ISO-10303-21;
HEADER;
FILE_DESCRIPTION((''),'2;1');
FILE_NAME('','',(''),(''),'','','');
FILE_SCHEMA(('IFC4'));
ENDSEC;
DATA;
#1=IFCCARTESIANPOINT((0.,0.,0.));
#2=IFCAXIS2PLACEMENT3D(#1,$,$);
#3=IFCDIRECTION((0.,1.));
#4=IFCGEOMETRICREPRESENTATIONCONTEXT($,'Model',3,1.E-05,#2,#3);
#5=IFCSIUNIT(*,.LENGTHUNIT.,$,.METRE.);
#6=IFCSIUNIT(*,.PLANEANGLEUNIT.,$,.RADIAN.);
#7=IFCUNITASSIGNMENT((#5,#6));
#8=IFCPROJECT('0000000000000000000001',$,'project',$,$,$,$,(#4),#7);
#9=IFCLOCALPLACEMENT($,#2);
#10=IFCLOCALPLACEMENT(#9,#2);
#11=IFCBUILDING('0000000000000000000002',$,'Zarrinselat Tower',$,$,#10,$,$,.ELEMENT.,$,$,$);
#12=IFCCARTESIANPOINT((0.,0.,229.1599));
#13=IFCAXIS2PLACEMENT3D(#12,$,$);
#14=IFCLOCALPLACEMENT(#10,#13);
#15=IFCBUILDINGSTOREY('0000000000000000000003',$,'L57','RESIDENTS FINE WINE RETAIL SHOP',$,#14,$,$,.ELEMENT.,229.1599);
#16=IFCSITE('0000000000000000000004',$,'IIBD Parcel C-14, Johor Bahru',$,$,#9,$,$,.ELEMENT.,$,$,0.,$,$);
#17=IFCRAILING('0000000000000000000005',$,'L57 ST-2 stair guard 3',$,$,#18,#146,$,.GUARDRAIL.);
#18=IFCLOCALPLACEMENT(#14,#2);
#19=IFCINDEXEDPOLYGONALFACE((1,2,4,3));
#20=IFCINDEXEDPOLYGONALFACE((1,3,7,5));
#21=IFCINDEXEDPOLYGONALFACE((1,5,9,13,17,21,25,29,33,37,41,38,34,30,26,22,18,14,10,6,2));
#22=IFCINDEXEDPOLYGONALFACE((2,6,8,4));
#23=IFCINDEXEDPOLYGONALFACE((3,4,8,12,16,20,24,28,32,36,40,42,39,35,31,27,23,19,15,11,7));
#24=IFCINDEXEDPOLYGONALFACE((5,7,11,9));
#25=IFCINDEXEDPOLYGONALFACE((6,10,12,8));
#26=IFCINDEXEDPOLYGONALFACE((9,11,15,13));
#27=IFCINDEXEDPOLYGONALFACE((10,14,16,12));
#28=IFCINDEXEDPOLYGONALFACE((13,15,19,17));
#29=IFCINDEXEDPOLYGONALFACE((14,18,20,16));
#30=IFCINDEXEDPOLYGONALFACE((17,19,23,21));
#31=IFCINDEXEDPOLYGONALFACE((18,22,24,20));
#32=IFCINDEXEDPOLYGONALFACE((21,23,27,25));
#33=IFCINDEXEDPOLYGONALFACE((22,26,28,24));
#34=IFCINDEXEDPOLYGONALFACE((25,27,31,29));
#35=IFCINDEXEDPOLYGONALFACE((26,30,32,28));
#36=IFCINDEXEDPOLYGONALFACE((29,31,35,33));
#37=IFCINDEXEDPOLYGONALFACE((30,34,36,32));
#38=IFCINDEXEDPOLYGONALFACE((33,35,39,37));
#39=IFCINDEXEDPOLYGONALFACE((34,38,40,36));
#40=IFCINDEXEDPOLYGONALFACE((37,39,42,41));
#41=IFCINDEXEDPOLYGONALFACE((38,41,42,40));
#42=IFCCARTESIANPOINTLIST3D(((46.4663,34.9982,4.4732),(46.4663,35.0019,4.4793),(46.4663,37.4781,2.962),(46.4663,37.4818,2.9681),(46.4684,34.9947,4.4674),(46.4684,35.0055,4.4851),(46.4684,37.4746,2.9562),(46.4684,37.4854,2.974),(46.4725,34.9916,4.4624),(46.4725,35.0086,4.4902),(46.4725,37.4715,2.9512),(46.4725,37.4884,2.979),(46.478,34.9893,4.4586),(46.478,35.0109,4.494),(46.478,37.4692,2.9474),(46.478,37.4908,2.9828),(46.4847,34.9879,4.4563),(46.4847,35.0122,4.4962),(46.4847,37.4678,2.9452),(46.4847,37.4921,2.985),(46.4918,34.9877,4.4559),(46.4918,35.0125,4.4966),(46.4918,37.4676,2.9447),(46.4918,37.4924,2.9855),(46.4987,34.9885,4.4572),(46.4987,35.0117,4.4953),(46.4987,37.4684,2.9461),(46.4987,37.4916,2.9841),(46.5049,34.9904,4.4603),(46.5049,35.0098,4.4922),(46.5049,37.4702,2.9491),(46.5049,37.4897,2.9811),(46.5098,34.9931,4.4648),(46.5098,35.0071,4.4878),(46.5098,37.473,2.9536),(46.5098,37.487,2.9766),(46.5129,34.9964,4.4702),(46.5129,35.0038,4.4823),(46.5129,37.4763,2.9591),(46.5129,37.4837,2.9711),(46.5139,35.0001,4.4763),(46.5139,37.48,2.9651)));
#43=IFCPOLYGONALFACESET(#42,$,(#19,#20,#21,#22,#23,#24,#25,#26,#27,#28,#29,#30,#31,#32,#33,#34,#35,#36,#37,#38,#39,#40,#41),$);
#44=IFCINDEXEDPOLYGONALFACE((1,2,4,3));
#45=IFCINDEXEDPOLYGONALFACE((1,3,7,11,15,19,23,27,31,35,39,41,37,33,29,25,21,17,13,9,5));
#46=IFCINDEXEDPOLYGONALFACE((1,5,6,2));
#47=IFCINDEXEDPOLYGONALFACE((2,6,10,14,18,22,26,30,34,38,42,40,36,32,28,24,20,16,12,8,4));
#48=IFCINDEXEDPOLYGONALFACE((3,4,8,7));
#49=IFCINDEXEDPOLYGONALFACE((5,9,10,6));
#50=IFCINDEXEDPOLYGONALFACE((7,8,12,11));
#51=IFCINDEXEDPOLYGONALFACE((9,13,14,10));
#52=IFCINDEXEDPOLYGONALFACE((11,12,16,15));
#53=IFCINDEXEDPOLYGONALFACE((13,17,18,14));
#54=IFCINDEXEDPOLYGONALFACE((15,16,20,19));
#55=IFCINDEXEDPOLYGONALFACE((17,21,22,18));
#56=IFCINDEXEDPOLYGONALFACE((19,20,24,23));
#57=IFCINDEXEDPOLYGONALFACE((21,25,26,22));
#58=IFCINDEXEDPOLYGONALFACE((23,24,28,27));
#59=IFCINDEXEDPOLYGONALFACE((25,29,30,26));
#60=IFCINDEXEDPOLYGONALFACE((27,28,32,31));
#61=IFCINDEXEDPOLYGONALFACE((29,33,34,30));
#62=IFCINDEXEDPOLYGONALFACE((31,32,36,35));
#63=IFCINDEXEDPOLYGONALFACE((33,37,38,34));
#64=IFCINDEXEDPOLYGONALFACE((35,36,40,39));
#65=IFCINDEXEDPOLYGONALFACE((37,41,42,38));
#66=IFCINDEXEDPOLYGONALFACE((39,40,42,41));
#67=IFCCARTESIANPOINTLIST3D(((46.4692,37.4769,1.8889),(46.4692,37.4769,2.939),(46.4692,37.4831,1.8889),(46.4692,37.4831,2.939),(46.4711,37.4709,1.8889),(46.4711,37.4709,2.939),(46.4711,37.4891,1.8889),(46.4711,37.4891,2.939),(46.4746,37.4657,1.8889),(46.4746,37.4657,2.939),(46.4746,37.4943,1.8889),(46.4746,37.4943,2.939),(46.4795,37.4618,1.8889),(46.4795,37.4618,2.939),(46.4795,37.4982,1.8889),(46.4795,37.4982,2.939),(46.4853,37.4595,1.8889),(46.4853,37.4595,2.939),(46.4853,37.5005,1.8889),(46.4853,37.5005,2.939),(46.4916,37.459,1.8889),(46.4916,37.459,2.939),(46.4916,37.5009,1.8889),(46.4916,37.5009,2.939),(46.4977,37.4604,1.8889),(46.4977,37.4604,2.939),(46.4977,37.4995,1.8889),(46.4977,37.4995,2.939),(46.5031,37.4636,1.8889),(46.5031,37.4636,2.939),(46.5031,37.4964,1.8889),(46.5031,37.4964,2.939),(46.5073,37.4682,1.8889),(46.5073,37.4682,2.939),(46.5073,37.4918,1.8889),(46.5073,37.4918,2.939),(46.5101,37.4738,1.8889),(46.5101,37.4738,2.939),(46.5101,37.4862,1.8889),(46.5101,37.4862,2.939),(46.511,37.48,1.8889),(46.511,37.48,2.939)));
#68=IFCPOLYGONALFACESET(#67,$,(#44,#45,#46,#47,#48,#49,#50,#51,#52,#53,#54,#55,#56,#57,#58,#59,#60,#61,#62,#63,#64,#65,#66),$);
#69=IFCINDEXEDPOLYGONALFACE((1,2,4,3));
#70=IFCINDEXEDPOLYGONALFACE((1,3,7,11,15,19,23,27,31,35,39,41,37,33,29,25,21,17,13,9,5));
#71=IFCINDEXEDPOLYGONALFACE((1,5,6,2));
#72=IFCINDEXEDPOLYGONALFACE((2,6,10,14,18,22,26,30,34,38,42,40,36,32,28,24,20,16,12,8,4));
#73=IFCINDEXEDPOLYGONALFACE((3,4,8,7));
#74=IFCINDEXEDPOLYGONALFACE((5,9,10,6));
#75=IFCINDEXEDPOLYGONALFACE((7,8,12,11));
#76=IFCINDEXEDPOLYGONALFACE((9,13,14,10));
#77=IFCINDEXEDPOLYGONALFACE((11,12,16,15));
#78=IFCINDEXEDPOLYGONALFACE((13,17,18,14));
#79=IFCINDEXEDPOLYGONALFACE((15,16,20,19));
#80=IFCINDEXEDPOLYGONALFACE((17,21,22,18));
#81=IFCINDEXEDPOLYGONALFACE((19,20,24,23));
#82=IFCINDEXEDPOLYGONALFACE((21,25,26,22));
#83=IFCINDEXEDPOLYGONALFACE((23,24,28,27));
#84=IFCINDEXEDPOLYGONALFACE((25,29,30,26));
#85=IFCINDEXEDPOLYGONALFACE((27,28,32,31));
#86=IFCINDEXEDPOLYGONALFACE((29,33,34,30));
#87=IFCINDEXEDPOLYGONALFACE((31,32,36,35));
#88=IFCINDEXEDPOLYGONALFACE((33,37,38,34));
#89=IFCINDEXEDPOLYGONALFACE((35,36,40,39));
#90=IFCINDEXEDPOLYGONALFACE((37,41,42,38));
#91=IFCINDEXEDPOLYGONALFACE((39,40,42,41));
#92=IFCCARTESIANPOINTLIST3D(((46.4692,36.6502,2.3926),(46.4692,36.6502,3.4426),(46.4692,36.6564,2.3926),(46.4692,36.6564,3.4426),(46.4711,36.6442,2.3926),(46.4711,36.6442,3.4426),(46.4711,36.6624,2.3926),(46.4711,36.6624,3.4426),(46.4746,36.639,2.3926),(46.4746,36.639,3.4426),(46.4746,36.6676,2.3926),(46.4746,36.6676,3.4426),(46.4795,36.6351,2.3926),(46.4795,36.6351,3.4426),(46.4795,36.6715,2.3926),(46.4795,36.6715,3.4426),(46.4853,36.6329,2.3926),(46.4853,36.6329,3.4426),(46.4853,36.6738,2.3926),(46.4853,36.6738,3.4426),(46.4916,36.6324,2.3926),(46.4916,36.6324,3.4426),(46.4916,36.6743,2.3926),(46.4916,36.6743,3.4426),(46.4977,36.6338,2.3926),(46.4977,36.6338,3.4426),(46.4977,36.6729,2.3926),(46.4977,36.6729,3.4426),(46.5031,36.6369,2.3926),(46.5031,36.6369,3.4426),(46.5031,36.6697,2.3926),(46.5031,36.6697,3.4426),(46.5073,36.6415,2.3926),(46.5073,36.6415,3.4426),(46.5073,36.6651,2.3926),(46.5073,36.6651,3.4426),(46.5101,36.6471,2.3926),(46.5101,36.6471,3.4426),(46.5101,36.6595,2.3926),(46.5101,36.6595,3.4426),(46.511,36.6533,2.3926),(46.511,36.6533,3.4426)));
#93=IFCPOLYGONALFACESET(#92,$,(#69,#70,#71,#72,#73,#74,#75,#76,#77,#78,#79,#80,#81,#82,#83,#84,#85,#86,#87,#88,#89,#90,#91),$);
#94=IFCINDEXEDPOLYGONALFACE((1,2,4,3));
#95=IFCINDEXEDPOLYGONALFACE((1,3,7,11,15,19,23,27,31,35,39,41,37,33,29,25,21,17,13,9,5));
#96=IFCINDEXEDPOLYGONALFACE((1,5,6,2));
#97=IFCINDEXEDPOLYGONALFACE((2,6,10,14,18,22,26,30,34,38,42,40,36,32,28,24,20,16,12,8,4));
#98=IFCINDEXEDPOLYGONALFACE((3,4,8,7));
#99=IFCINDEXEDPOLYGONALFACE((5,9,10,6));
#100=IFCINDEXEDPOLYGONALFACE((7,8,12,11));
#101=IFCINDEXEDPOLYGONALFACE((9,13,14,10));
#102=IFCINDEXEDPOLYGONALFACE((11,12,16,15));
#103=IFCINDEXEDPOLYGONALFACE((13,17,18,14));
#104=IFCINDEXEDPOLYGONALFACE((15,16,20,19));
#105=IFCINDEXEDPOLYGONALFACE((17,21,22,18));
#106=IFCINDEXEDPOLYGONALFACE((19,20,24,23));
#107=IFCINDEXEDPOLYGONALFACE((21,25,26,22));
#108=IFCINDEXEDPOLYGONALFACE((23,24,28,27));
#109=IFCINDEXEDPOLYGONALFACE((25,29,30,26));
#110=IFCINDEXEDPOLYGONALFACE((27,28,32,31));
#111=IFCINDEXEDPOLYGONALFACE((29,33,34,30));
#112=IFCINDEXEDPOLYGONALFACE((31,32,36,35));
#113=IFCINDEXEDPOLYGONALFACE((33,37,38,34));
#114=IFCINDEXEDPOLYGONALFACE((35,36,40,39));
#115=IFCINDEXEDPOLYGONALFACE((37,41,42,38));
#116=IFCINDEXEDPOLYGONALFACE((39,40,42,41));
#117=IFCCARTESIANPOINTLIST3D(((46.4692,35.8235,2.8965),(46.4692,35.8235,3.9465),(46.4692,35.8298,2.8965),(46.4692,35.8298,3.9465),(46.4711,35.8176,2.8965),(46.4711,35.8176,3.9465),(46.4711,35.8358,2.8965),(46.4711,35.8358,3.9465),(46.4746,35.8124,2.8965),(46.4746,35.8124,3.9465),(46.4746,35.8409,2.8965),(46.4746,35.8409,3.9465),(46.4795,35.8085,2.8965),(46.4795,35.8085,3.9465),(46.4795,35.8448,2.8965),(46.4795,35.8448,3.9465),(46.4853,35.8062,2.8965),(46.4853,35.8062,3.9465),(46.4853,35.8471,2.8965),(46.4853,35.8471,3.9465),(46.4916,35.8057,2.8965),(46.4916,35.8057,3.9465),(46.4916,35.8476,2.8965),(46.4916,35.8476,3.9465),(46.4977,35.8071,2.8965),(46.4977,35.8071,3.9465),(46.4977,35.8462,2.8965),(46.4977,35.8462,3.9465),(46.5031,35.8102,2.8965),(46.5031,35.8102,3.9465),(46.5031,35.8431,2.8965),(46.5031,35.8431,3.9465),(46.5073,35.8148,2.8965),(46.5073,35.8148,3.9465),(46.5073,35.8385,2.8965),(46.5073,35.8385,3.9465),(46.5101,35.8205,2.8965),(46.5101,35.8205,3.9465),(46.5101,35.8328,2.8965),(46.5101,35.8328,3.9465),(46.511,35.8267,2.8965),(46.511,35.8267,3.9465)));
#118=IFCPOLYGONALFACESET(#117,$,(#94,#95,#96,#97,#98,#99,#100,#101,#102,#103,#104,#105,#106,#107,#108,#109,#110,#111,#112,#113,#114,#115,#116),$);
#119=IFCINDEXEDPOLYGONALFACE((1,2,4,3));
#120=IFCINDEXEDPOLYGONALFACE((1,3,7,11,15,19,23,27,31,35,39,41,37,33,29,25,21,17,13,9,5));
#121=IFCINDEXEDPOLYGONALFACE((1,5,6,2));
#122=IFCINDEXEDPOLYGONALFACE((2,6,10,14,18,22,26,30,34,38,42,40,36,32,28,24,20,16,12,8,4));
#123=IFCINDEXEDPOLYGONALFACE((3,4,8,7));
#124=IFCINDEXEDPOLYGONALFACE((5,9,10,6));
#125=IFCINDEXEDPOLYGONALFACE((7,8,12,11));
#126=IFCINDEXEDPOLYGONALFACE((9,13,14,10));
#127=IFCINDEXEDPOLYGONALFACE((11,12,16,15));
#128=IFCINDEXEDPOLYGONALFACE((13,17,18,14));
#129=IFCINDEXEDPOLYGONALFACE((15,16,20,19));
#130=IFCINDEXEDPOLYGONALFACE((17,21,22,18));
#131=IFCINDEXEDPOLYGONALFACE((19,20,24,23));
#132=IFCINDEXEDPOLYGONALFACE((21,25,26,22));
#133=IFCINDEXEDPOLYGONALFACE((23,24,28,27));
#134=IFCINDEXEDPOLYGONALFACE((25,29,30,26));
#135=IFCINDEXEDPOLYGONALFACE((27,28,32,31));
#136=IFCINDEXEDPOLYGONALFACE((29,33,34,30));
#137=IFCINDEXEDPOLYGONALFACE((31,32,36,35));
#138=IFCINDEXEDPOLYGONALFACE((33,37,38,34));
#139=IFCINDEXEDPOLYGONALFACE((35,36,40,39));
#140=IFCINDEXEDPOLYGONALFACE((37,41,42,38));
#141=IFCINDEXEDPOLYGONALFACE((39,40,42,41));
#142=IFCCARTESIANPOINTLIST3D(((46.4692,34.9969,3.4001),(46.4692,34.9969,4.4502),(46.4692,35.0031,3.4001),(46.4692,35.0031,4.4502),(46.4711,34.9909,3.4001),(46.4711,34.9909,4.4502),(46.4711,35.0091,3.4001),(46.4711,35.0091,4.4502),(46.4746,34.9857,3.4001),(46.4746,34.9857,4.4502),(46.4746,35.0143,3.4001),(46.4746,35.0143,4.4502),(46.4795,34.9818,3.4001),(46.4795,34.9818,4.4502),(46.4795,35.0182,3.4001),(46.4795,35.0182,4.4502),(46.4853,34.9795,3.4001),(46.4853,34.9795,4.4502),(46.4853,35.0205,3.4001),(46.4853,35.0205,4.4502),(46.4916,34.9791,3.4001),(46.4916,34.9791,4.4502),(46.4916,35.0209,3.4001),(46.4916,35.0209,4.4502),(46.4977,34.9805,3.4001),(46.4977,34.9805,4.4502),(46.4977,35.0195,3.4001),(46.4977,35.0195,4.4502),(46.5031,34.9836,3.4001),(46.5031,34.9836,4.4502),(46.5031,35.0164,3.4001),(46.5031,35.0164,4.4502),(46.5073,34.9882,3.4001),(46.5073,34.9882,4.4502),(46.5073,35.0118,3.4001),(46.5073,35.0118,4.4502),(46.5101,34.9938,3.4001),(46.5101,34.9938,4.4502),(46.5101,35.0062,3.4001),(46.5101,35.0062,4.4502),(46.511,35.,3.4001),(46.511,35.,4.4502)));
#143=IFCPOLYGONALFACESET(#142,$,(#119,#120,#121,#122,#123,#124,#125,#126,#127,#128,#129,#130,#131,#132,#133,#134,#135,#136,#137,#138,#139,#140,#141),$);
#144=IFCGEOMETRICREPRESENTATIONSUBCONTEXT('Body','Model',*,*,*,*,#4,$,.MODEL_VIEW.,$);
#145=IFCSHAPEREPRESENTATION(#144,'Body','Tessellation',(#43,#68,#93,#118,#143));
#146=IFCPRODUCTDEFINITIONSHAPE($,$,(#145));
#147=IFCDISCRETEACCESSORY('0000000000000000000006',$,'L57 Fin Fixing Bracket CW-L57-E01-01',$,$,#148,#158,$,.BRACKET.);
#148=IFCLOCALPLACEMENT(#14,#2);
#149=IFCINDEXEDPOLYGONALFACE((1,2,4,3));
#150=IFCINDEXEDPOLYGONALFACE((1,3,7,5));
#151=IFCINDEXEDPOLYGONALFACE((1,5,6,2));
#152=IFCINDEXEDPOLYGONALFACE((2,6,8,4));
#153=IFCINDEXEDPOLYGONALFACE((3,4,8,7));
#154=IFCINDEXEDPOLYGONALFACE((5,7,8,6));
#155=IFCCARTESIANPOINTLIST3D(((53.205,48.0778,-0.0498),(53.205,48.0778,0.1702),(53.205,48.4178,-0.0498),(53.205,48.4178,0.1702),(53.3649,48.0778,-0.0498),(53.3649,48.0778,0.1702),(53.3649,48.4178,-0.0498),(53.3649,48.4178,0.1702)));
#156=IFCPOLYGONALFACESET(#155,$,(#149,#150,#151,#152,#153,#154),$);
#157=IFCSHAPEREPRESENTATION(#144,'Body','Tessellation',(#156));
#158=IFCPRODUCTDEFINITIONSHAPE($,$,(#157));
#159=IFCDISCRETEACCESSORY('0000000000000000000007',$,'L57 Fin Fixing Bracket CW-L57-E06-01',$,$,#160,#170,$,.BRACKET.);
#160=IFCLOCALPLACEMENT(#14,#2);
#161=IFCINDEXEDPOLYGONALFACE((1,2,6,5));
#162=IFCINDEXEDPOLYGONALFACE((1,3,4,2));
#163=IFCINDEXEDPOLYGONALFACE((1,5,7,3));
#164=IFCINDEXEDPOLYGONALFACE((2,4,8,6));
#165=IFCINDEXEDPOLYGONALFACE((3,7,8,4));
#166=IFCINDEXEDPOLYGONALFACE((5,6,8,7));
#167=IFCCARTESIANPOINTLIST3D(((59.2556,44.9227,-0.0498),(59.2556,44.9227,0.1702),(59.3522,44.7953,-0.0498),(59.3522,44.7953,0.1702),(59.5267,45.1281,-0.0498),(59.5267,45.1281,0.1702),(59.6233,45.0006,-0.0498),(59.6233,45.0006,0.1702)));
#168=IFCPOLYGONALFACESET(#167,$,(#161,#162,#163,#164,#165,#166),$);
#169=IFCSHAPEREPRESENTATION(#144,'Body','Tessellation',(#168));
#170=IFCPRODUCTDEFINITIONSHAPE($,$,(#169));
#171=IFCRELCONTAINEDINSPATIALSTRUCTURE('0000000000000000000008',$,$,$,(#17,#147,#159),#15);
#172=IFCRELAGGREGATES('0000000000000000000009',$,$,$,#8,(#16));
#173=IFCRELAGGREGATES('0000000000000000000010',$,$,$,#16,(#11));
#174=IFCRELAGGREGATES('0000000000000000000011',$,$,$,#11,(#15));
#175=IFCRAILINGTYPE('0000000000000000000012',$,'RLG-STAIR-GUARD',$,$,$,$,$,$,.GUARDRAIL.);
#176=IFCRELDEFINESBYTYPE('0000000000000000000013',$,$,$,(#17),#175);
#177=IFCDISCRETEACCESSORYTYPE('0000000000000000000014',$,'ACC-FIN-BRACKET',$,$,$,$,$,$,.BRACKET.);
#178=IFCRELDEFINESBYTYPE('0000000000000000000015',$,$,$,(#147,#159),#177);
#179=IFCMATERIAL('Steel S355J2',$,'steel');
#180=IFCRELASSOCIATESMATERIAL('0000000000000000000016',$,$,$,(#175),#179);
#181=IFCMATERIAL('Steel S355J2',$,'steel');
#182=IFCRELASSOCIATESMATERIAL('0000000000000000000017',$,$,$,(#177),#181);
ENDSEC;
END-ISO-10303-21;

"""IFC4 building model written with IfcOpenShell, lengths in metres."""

from ifc_helpers import new_model, si_unit, direction, frame, origin, origin_2d, place, context, subcontext, project, spatial, rectangle, circle, extrude, material, type_object, element, save


model = new_model("IFC4")

# Units and contexts
model_context = context("Model", 3, precision=1e-05, world=origin(), true_north=direction((0.0, 1.0)))
body_context = subcontext(model_context, "Body", "Model", "MODEL_VIEW")
ifc_project = project(units=[si_unit("LENGTHUNIT", "METRE"), si_unit("PLANEANGLEUNIT", "RADIAN")], contexts=[model_context])

# Site, building, storey
site_placement = place(None, origin())
site = spatial("IfcSite", under=ifc_project, at=site_placement, Name="IIBD Parcel C-14, Johor Bahru", CompositionType="ELEMENT", RefElevation=0.0)
building_placement = place(site_placement, origin())
building = spatial("IfcBuilding", under=site, at=building_placement, Name="Zarrinselat Tower", CompositionType="ELEMENT")
storey_placement = place(building_placement, frame((0.0, 0.0, 229.1599)))
storey = spatial("IfcBuildingStorey", under=building, at=storey_placement, Name="L57", Description="RESIDENTS FINE WINE RETAIL SHOP", CompositionType="ELEMENT", Elevation=229.1599)

# Railing
ifc_material_1 = material(Name="Steel S355J2", Category="steel")
railing_type = type_object("IfcRailingType", Name="RLG-STAIR-GUARD", PredefinedType="GUARDRAIL", material=ifc_material_1)
railing_1_placement = place(storey_placement, frame((46.49, 37.48, 1.8889)))
element("IfcRailing", 1, at=railing_1_placement, inside=storey, type_object=railing_type, Name="L57 ST-2 stair guard 3", PredefinedType="GUARDRAIL", context=body_context, shape_type="SweptSolid", body=[
    extrude(circle(Radius=0.0239, at=origin_2d()), frame((0.0, 0.0, 1.0762), z_axis=(0.0, -0.853942, 0.520368), x_axis=(1.0, 0.0, 0.0)), (0.0, 0.0, 1.0), 2.9041),
    extrude(circle(Radius=0.021, at=origin_2d()), origin(), (0.0, 0.0, 1.0), 1.05),
    extrude(circle(Radius=0.021, at=origin_2d()), frame((0.0, -0.8267, 0.5037)), (0.0, 0.0, 1.0), 1.05),
    extrude(circle(Radius=0.021, at=origin_2d()), frame((0.0, -1.6533, 1.0076)), (0.0, 0.0, 1.0), 1.05),
    extrude(circle(Radius=0.021, at=origin_2d()), frame((0.0, -2.48, 1.5112)), (0.0, 0.0, 1.0), 1.05),
])

# Discrete accessories
ifc_material_2 = material(Name="Steel S355J2", Category="steel")
discrete_accessory_type = type_object("IfcDiscreteAccessoryType", Name="ACC-FIN-BRACKET", PredefinedType="BRACKET", material=ifc_material_2)
for number, where, z_axis, x_axis, name in (
    (2, (53.2849, 48.2478, -0.0498), (0.0, 0.0, 1.0), (0.0, 1.0, 0.0), "L57 Fin Fixing Bracket CW-L57-E01-01"),
    (3, (59.4395, 44.9617, -0.0498), (0.0, 0.0, 1.0), (0.797092, 0.603858, 0.0), "L57 Fin Fixing Bracket CW-L57-E06-01"),
):
    element("IfcDiscreteAccessory", number, at=place(storey_placement, frame(where, z_axis=z_axis, x_axis=x_axis)), inside=storey, type_object=discrete_accessory_type, Name=name, PredefinedType="BRACKET", context=body_context, shape_type="SweptSolid", body=[
        extrude(rectangle(XDim=0.3401, YDim=0.1599, at=origin_2d()), origin(), (0.0, 0.0, 1.0), 0.22),
    ])

save(model, "model.ifc")
